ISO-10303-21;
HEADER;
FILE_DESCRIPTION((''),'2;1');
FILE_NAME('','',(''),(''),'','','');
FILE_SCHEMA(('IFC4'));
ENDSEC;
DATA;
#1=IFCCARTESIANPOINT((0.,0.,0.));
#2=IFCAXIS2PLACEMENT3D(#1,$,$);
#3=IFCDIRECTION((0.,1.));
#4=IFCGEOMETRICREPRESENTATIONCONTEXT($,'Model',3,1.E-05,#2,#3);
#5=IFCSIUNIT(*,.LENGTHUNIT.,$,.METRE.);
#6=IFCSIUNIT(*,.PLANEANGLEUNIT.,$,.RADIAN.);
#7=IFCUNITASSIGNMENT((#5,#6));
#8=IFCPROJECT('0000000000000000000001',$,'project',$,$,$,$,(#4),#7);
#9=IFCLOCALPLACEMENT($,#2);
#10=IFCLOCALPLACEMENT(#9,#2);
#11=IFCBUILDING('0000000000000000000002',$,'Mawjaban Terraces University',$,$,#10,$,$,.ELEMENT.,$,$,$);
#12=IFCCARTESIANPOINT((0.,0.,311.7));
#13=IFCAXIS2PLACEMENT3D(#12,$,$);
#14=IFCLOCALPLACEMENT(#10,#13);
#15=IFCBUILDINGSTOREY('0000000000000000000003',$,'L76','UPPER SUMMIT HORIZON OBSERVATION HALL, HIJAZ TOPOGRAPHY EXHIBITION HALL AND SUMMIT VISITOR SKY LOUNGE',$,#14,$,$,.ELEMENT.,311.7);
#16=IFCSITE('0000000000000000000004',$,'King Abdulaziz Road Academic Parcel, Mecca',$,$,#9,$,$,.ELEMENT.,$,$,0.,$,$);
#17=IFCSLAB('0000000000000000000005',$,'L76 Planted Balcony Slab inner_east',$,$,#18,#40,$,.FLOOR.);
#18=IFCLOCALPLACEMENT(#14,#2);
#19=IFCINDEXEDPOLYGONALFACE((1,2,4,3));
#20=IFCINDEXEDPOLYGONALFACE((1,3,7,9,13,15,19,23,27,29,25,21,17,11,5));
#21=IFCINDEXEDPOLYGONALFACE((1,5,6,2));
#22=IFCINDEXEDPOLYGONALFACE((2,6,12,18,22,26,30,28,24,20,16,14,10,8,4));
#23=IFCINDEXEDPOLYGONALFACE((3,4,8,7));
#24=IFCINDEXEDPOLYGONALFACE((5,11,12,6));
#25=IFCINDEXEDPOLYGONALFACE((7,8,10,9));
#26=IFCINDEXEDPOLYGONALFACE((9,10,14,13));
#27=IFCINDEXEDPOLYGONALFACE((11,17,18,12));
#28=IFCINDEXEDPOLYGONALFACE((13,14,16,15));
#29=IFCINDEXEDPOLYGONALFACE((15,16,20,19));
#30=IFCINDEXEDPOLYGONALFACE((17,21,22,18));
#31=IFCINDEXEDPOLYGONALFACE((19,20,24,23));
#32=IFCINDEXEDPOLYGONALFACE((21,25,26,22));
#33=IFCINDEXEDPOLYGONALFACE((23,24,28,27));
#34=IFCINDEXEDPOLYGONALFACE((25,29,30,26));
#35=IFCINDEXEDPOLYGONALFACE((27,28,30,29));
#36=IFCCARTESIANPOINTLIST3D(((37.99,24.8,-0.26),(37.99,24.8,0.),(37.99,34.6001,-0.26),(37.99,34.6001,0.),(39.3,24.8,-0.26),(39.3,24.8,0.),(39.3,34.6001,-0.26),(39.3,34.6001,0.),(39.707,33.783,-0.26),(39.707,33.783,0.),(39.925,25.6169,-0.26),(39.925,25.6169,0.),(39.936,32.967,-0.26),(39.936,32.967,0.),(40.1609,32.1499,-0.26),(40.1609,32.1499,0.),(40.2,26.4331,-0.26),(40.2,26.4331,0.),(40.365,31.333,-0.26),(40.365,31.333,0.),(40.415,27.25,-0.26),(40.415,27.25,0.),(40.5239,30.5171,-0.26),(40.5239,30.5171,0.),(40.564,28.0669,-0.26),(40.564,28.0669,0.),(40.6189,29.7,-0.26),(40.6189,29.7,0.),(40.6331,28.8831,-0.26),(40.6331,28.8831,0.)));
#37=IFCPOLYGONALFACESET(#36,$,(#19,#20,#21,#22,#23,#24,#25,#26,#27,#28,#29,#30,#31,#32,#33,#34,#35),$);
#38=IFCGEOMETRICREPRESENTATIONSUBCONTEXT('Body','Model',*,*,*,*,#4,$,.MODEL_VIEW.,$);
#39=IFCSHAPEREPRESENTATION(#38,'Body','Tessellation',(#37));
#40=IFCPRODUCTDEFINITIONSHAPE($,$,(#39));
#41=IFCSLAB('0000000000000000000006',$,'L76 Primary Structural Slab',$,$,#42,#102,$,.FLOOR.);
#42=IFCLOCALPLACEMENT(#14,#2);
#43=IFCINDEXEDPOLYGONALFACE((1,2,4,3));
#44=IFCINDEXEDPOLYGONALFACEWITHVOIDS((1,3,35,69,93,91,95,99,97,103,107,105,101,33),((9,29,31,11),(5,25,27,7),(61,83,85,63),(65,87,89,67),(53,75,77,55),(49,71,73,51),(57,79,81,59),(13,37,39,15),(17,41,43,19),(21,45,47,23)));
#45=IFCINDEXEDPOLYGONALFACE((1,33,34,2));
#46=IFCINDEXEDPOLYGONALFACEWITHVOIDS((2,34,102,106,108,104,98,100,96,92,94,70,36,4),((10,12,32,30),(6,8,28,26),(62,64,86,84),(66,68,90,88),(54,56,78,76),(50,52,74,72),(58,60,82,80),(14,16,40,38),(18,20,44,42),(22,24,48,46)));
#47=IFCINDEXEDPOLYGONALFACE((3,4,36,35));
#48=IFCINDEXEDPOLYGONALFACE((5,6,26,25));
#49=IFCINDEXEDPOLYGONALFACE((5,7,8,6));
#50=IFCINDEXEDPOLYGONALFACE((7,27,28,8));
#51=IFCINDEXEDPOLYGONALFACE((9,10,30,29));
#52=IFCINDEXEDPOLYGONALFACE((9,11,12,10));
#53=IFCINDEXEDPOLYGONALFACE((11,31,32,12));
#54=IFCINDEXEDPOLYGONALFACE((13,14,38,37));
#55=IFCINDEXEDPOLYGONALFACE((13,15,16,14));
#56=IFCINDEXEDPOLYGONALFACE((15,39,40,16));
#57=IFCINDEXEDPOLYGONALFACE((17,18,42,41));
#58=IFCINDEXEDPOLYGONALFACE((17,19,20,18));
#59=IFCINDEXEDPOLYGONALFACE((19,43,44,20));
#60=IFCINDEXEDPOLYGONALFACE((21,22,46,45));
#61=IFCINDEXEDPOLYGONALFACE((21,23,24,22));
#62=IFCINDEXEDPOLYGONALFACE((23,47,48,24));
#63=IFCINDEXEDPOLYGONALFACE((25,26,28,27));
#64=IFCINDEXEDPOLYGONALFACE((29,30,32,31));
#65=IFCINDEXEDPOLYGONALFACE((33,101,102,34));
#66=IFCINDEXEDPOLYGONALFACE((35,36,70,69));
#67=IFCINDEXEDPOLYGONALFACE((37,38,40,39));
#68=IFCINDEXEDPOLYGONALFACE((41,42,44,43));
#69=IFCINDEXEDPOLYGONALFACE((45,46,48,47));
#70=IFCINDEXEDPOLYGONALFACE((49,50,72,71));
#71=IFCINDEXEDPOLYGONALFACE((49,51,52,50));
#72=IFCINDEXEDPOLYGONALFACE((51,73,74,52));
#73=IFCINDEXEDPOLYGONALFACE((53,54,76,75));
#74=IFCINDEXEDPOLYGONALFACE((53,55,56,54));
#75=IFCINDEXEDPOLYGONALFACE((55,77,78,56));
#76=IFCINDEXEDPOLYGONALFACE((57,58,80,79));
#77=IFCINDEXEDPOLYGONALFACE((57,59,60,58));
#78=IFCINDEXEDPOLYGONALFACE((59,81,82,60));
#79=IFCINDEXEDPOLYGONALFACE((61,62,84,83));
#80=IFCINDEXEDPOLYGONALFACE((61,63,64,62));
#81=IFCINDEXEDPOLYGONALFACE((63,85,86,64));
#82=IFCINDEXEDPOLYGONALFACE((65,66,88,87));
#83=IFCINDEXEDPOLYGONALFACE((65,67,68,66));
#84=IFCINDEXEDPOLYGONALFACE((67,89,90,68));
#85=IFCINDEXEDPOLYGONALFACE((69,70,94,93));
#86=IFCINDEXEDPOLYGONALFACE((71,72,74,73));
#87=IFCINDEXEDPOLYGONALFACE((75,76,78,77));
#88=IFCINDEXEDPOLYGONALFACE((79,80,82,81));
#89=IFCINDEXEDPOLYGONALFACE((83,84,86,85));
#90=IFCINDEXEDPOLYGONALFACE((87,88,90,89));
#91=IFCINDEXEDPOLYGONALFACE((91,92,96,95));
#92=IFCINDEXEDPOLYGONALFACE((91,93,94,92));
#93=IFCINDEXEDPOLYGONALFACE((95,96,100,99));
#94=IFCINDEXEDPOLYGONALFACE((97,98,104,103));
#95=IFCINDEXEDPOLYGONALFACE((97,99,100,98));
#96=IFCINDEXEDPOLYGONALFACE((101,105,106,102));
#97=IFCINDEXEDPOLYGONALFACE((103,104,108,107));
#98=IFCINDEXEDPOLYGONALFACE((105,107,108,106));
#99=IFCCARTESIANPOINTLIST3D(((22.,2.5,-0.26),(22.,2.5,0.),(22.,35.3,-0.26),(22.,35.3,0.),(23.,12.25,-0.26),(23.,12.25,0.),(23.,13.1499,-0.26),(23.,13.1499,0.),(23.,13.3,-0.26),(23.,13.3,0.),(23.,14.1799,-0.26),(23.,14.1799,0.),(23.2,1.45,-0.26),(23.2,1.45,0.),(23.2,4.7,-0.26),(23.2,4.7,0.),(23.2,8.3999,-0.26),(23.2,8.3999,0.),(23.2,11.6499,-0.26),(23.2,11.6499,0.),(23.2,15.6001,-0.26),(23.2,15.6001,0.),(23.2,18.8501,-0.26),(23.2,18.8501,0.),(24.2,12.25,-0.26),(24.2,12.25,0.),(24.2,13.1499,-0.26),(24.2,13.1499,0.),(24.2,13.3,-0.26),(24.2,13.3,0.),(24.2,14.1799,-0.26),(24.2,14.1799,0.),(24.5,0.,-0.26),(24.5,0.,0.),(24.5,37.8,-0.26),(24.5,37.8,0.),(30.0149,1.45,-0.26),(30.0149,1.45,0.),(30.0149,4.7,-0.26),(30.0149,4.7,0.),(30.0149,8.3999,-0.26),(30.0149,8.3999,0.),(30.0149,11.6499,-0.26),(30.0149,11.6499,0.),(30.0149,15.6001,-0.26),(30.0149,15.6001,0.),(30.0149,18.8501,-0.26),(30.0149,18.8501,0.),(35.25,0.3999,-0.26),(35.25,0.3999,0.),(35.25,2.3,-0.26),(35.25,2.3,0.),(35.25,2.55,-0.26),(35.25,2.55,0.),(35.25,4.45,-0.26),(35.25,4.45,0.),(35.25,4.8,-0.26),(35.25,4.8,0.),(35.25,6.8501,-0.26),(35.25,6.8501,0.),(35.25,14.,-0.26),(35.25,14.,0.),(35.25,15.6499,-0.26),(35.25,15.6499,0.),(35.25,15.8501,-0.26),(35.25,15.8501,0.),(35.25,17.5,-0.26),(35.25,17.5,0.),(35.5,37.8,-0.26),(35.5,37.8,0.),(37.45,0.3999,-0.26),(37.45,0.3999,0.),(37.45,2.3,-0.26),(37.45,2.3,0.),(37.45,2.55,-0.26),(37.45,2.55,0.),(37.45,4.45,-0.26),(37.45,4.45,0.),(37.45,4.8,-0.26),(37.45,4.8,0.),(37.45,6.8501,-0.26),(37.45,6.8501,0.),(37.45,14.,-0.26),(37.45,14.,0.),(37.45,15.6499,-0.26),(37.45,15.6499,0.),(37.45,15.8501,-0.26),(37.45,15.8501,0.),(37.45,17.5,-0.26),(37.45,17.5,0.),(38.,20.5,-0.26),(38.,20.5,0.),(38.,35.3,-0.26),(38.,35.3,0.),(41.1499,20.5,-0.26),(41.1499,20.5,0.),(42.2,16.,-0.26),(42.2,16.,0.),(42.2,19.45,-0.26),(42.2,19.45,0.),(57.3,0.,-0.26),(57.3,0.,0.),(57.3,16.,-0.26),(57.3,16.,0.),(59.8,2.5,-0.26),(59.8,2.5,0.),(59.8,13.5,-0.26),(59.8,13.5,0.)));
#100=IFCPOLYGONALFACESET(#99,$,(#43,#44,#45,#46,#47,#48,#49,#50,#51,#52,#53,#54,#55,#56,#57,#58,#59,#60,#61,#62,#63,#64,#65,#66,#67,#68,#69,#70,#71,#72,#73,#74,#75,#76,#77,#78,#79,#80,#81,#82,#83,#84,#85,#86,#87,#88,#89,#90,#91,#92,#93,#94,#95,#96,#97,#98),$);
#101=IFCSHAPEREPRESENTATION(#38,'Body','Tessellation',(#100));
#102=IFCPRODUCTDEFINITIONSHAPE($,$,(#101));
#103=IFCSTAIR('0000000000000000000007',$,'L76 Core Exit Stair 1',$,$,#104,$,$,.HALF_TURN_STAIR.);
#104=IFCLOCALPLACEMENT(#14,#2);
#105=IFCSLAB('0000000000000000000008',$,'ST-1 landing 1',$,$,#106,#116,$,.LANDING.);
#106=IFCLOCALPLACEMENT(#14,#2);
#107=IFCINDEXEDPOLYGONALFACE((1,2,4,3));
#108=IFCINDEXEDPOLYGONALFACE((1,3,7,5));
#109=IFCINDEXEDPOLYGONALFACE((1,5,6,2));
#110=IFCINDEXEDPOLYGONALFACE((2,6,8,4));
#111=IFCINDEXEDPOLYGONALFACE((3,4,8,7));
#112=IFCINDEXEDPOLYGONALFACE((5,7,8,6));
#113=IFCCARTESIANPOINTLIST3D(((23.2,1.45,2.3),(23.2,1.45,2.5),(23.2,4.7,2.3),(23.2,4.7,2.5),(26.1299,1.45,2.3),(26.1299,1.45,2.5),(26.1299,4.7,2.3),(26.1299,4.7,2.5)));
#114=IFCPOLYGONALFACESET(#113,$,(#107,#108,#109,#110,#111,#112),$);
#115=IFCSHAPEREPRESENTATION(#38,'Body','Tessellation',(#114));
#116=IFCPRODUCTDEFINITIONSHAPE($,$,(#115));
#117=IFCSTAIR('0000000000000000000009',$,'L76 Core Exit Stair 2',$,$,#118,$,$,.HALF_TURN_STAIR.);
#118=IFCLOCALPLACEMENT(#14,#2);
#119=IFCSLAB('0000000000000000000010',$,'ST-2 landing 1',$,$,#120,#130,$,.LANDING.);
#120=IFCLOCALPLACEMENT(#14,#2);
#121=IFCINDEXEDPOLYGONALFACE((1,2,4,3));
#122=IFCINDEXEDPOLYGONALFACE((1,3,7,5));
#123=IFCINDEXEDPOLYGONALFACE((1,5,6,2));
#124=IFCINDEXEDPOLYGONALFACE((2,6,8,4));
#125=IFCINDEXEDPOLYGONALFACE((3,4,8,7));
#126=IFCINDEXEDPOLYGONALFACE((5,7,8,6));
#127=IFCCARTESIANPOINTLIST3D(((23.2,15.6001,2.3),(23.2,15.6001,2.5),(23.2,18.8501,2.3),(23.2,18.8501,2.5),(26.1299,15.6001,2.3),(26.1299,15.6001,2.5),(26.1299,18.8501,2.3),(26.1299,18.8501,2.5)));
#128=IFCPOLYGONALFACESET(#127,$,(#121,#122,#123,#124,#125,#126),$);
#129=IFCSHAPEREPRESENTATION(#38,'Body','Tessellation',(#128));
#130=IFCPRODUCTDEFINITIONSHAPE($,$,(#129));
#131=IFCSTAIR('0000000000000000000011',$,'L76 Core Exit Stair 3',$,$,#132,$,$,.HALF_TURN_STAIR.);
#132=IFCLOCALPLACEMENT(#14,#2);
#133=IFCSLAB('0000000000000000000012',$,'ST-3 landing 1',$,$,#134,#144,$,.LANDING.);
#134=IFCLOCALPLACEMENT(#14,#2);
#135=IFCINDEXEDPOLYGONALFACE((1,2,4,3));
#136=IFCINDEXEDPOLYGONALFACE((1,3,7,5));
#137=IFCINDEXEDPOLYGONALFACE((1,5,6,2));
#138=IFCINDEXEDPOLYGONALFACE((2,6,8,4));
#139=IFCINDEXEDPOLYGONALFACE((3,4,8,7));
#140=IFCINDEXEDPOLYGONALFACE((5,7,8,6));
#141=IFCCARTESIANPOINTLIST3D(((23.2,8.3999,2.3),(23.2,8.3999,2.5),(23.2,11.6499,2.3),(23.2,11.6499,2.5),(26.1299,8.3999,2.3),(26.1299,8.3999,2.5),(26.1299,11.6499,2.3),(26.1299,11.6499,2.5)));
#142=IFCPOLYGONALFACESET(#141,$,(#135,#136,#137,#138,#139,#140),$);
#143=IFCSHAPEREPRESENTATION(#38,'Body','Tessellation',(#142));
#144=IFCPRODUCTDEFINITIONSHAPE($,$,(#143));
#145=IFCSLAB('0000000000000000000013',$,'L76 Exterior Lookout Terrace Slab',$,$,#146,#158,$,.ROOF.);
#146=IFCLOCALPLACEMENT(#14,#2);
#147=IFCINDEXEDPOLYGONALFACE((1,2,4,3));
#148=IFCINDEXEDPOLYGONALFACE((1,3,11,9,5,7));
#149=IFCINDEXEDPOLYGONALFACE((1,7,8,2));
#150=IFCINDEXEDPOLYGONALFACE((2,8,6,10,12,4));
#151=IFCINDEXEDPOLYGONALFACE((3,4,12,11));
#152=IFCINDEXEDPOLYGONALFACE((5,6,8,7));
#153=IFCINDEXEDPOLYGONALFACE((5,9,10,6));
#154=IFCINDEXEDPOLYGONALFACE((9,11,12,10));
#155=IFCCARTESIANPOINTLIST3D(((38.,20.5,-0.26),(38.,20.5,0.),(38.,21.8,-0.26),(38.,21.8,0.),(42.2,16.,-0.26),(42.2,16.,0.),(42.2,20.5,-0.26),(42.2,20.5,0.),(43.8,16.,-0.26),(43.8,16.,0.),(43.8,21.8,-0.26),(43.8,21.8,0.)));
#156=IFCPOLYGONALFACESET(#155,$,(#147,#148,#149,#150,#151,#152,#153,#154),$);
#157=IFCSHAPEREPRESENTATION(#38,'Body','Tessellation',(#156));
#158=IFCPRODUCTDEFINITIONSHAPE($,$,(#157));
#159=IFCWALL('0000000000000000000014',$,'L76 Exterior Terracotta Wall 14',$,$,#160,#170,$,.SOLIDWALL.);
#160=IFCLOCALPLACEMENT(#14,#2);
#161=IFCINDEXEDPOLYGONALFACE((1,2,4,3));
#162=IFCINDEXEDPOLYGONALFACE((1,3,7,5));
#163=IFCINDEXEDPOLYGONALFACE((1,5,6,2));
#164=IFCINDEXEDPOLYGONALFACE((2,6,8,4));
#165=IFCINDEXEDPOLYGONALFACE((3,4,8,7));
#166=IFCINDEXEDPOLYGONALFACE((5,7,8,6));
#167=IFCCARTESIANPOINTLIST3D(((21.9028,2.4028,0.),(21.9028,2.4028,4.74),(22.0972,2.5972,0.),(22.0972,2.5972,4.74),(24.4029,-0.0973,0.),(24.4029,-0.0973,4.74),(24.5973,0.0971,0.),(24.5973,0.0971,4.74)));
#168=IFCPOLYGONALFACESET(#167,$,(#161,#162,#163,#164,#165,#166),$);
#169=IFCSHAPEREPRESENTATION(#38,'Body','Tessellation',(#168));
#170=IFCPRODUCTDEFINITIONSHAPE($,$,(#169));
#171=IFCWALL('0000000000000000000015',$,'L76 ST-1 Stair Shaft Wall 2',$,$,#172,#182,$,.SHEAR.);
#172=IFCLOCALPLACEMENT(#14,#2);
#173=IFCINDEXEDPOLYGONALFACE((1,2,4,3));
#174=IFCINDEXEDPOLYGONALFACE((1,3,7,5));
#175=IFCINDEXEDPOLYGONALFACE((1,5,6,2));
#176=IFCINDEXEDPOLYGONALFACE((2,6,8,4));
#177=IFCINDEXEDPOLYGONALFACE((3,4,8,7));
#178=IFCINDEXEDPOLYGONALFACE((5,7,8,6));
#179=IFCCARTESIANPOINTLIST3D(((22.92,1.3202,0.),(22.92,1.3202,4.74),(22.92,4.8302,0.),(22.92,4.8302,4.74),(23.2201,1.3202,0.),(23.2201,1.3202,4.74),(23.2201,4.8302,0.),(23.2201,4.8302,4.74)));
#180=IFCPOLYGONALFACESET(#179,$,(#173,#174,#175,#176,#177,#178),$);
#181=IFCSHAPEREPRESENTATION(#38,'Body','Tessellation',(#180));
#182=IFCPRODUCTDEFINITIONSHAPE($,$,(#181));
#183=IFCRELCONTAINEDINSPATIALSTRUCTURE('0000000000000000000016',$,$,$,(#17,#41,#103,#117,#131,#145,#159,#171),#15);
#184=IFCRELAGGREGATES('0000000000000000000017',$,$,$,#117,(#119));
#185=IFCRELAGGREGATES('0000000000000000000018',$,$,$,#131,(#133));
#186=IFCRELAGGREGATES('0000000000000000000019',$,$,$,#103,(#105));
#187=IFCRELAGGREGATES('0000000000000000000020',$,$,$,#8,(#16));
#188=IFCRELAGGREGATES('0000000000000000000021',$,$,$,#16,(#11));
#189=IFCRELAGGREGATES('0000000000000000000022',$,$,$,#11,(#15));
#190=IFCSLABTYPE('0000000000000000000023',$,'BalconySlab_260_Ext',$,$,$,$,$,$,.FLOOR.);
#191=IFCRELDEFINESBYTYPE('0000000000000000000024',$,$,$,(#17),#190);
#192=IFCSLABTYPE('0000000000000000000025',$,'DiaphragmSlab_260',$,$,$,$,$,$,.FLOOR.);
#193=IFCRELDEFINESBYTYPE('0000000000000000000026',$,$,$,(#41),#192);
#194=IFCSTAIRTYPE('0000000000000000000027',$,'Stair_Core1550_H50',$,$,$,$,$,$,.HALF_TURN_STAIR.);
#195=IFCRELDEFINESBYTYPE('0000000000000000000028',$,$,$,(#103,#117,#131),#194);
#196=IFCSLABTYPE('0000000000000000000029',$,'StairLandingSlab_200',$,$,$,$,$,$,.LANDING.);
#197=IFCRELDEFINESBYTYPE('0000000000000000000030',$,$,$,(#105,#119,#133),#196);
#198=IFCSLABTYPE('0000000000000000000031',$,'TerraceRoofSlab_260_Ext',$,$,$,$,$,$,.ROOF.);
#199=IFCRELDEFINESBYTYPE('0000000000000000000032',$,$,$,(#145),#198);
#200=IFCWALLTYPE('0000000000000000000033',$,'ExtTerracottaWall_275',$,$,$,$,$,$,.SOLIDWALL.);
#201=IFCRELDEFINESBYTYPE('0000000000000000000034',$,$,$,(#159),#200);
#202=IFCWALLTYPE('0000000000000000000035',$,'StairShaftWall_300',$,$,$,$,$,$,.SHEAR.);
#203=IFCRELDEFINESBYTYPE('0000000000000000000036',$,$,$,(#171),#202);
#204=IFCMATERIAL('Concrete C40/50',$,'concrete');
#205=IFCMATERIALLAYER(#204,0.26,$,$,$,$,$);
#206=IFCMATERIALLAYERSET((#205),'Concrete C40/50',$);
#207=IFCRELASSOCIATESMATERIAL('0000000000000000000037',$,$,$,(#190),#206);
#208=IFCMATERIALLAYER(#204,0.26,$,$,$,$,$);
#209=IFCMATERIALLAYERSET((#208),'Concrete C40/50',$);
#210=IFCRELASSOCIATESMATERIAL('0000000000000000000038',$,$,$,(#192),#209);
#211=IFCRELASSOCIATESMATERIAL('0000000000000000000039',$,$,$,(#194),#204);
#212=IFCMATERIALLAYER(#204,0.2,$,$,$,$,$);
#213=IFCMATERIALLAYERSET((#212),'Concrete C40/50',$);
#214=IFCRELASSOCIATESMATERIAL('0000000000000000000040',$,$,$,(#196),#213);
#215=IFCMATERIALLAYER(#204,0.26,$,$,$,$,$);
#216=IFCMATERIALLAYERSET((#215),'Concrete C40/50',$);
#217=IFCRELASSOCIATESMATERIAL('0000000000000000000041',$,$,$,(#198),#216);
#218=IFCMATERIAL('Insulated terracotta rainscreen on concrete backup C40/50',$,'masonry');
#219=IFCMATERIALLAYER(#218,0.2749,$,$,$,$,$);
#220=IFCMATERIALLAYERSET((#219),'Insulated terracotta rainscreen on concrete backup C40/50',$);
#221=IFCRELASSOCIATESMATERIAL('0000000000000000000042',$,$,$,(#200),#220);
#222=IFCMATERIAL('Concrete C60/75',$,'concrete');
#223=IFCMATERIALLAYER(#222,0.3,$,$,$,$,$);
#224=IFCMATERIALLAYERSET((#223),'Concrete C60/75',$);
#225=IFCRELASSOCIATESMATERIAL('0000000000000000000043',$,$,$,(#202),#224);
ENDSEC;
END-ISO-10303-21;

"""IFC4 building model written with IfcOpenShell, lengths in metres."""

from ifc_helpers import new_model, si_unit, direction, frame, frame_2d, origin, place, context, subcontext, project, spatial, polyline, rectangle, outline, extrude, material, layer, layer_set, type_object, element, aggregate, save


model = new_model("IFC4")

# Units and contexts
model_context = context("Model", 3, precision=1e-05, world=origin(), true_north=direction((0.0, 1.0)))
body_context = subcontext(model_context, "Body", "Model", "MODEL_VIEW")
ifc_project = project(units=[si_unit("LENGTHUNIT", "METRE"), si_unit("PLANEANGLEUNIT", "RADIAN")], contexts=[model_context])

# Site, building, storey
site_placement = place(None, origin())
site = spatial("IfcSite", under=ifc_project, at=site_placement, Name="King Abdulaziz Road Academic Parcel, Mecca", CompositionType="ELEMENT", RefElevation=0.0)
building_placement = place(site_placement, origin())
building = spatial("IfcBuilding", under=site, at=building_placement, Name="Mawjaban Terraces University", CompositionType="ELEMENT")
storey_placement = place(building_placement, frame((0.0, 0.0, 311.7)))
storey = spatial("IfcBuildingStorey", under=building, at=storey_placement, Name="L76", Description="UPPER SUMMIT HORIZON OBSERVATION HALL, HIJAZ TOPOGRAPHY EXHIBITION HALL AND SUMMIT VISITOR SKY LOUNGE", CompositionType="ELEMENT", Elevation=311.7)

# Slabs
ifc_material_1 = material(Name="Concrete C40/50", Category="concrete")
ifc_layer_1 = layer(ifc_material_1, 0.26)
ifc_layer_set_1 = layer_set([ifc_layer_1], Name="Concrete C40/50")
slab_type_1 = type_object("IfcSlabType", Name="BalconySlab_260_Ext", PredefinedType="FLOOR", material=ifc_layer_set_1)
slab_1_placement = place(storey_placement, frame((0.0, 0.0, -0.26)))
element("IfcSlab", 1, at=slab_1_placement, inside=storey, type_object=slab_type_1, Name="L76 Planted Balcony Slab inner_east", PredefinedType="FLOOR", context=body_context, shape_type="SweptSolid", body=[
    extrude(outline(polyline([(39.3, 24.8), (39.925, 25.6169), (40.2, 26.4331), (40.415, 27.25), (40.564, 28.0669), (40.6331, 28.8831), (40.6189, 29.7), (40.5239, 30.5171), (40.365, 31.333), (40.1609, 32.1499), (39.936, 32.967), (39.707, 33.783), (39.3, 34.6001), (37.99, 34.6001), (37.99, 24.8), (39.3, 24.8)])), origin(), (0.0, 0.0, 1.0), 0.26),
])
ifc_layer_2 = layer(ifc_material_1, 0.26)
ifc_layer_set_2 = layer_set([ifc_layer_2], Name="Concrete C40/50")
slab_type_2 = type_object("IfcSlabType", Name="DiaphragmSlab_260", PredefinedType="FLOOR", material=ifc_layer_set_2)
slab_2_placement = place(storey_placement, frame((0.0, 0.0, -0.26)))
element("IfcSlab", 2, at=slab_2_placement, inside=storey, type_object=slab_type_2, Name="L76 Primary Structural Slab", PredefinedType="FLOOR", context=body_context, shape_type="SweptSolid", body=[
    extrude(outline(polyline([(24.5, 0.0), (57.3, 0.0), (59.8, 2.5), (59.8, 13.5), (57.3, 16.0), (42.2, 16.0), (42.2, 19.45), (41.1499, 20.5), (38.0, 20.5), (38.0, 35.3), (35.5, 37.8), (24.5, 37.8), (22.0, 35.3), (22.0, 2.5), (24.5, 0.0)]), holes=[polyline([(30.0149, 4.7), (23.2, 4.7), (23.2, 1.45), (30.0149, 1.45), (30.0149, 4.7)]), polyline([(30.0149, 18.8501), (23.2, 18.8501), (23.2, 15.6001), (30.0149, 15.6001), (30.0149, 18.8501)]), polyline([(30.0149, 11.6499), (23.2, 11.6499), (23.2, 8.3999), (30.0149, 8.3999), (30.0149, 11.6499)]), polyline([(35.25, 0.3999), (37.45, 0.3999), (37.45, 2.3), (35.25, 2.3), (35.25, 0.3999)]), polyline([(35.25, 2.55), (37.45, 2.55), (37.45, 4.45), (35.25, 4.45), (35.25, 2.55)]), polyline([(35.25, 4.8), (37.45, 4.8), (37.45, 6.8501), (35.25, 6.8501), (35.25, 4.8)]), polyline([(35.25, 14.0), (37.45, 14.0), (37.45, 15.6499), (35.25, 15.6499), (35.25, 14.0)]), polyline([(35.25, 15.8501), (37.45, 15.8501), (37.45, 17.5), (35.25, 17.5), (35.25, 15.8501)]), polyline([(23.0, 12.25), (24.2, 12.25), (24.2, 13.1499), (23.0, 13.1499), (23.0, 12.25)]), polyline([(23.0, 13.3), (24.2, 13.3), (24.2, 14.1799), (23.0, 14.1799), (23.0, 13.3)])]), origin(), (0.0, 0.0, 1.0), 0.26),
])

# Stairs, slabs
stair_type = type_object("IfcStairType", Name="Stair_Core1550_H50", PredefinedType="HALF_TURN_STAIR", material=ifc_material_1)
stair_1_placement = place(storey_placement, origin())
stair_1 = element("IfcStair", 3, at=stair_1_placement, inside=storey, type_object=stair_type, Name="L76 Core Exit Stair 1", PredefinedType="HALF_TURN_STAIR")
ifc_layer_3 = layer(ifc_material_1, 0.2)
ifc_layer_set_3 = layer_set([ifc_layer_3], Name="Concrete C40/50")
slab_type_3 = type_object("IfcSlabType", Name="StairLandingSlab_200", PredefinedType="LANDING", material=ifc_layer_set_3)
slab_3_placement = place(storey_placement, frame((0.0, 0.0, 2.3)))
slab_3 = element("IfcSlab", 4, at=slab_3_placement, type_object=slab_type_3, Name="ST-1 landing 1", PredefinedType="LANDING", context=body_context, shape_type="SweptSolid", body=[
    extrude(outline(polyline([(26.1299, 4.7), (23.2, 4.7), (23.2, 1.45), (26.1299, 1.45), (26.1299, 4.7)])), origin(), (0.0, 0.0, 1.0), 0.2),
])
stair_2_placement = place(storey_placement, origin())
stair_2 = element("IfcStair", 5, at=stair_2_placement, inside=storey, type_object=stair_type, Name="L76 Core Exit Stair 2", PredefinedType="HALF_TURN_STAIR")
slab_4_placement = place(storey_placement, frame((0.0, 0.0, 2.3)))
slab_4 = element("IfcSlab", 6, at=slab_4_placement, type_object=slab_type_3, Name="ST-2 landing 1", PredefinedType="LANDING", context=body_context, shape_type="SweptSolid", body=[
    extrude(outline(polyline([(26.1299, 18.8501), (23.2, 18.8501), (23.2, 15.6001), (26.1299, 15.6001), (26.1299, 18.8501)])), origin(), (0.0, 0.0, 1.0), 0.2),
])
aggregate(stair_2, [slab_4])
stair_3_placement = place(storey_placement, origin())
stair_3 = element("IfcStair", 7, at=stair_3_placement, inside=storey, type_object=stair_type, Name="L76 Core Exit Stair 3", PredefinedType="HALF_TURN_STAIR")
slab_5_placement = place(storey_placement, frame((0.0, 0.0, 2.3)))
slab_5 = element("IfcSlab", 8, at=slab_5_placement, type_object=slab_type_3, Name="ST-3 landing 1", PredefinedType="LANDING", context=body_context, shape_type="SweptSolid", body=[
    extrude(outline(polyline([(26.1299, 11.6499), (23.2, 11.6499), (23.2, 8.3999), (26.1299, 8.3999), (26.1299, 11.6499)])), origin(), (0.0, 0.0, 1.0), 0.2),
])
aggregate(stair_3, [slab_5])

# Slab
ifc_layer_4 = layer(ifc_material_1, 0.26)
ifc_layer_set_4 = layer_set([ifc_layer_4], Name="Concrete C40/50")
slab_type_4 = type_object("IfcSlabType", Name="TerraceRoofSlab_260_Ext", PredefinedType="ROOF", material=ifc_layer_set_4)
slab_6_placement = place(storey_placement, frame((0.0, 0.0, -0.26)))
element("IfcSlab", 9, at=slab_6_placement, inside=storey, type_object=slab_type_4, Name="L76 Exterior Lookout Terrace Slab", PredefinedType="ROOF", context=body_context, shape_type="SweptSolid", body=[
    extrude(outline(polyline([(42.2, 16.0), (43.8, 16.0), (43.8, 21.8), (38.0, 21.8), (38.0, 20.5), (42.2, 20.5), (42.2, 16.0)])), origin(), (0.0, 0.0, 1.0), 0.26),
])

# Walls
ifc_material_2 = material(Name="Insulated terracotta rainscreen on concrete backup C40/50", Category="masonry")
ifc_layer_5 = layer(ifc_material_2, 0.2749)
ifc_layer_set_5 = layer_set([ifc_layer_5], Name="Insulated terracotta rainscreen on concrete backup C40/50")
wall_type_1 = type_object("IfcWallType", Name="ExtTerracottaWall_275", PredefinedType="SOLIDWALL", material=ifc_layer_set_5)
wall_1_placement = place(storey_placement, frame((22.0, 2.5, 0.0), z_axis=(0.0, 0.0, 1.0), x_axis=(0.707107, -0.707107, 0.0)))
element("IfcWall", 10, at=wall_1_placement, inside=storey, type_object=wall_type_1, Name="L76 Exterior Terracotta Wall 14", PredefinedType="SOLIDWALL", context=body_context, shape_type="SweptSolid", body=[
    extrude(rectangle(XDim=3.5356, YDim=0.2749, at=frame_2d((1.7678, 0.0))), origin(), (0.0, 0.0, 1.0), 4.74),
])
ifc_material_3 = material(Name="Concrete C60/75", Category="concrete")
ifc_layer_6 = layer(ifc_material_3, 0.3)
ifc_layer_set_6 = layer_set([ifc_layer_6], Name="Concrete C60/75")
wall_type_2 = type_object("IfcWallType", Name="StairShaftWall_300", PredefinedType="SHEAR", material=ifc_layer_set_6)
wall_2_placement = place(storey_placement, frame((23.0701, 4.8301, 0.0), z_axis=(0.0, 0.0, 1.0), x_axis=(0.0, -1.0, 0.0)))
element("IfcWall", 11, at=wall_2_placement, inside=storey, type_object=wall_type_2, Name="L76 ST-1 Stair Shaft Wall 2", PredefinedType="SHEAR", context=body_context, shape_type="SweptSolid", body=[
    extrude(rectangle(XDim=3.51, YDim=0.3, at=frame_2d((1.7549, 0.0))), origin(), (0.0, 0.0, 1.0), 4.74),
])

aggregate(stair_1, [slab_3])

save(model, "model.ifc")
